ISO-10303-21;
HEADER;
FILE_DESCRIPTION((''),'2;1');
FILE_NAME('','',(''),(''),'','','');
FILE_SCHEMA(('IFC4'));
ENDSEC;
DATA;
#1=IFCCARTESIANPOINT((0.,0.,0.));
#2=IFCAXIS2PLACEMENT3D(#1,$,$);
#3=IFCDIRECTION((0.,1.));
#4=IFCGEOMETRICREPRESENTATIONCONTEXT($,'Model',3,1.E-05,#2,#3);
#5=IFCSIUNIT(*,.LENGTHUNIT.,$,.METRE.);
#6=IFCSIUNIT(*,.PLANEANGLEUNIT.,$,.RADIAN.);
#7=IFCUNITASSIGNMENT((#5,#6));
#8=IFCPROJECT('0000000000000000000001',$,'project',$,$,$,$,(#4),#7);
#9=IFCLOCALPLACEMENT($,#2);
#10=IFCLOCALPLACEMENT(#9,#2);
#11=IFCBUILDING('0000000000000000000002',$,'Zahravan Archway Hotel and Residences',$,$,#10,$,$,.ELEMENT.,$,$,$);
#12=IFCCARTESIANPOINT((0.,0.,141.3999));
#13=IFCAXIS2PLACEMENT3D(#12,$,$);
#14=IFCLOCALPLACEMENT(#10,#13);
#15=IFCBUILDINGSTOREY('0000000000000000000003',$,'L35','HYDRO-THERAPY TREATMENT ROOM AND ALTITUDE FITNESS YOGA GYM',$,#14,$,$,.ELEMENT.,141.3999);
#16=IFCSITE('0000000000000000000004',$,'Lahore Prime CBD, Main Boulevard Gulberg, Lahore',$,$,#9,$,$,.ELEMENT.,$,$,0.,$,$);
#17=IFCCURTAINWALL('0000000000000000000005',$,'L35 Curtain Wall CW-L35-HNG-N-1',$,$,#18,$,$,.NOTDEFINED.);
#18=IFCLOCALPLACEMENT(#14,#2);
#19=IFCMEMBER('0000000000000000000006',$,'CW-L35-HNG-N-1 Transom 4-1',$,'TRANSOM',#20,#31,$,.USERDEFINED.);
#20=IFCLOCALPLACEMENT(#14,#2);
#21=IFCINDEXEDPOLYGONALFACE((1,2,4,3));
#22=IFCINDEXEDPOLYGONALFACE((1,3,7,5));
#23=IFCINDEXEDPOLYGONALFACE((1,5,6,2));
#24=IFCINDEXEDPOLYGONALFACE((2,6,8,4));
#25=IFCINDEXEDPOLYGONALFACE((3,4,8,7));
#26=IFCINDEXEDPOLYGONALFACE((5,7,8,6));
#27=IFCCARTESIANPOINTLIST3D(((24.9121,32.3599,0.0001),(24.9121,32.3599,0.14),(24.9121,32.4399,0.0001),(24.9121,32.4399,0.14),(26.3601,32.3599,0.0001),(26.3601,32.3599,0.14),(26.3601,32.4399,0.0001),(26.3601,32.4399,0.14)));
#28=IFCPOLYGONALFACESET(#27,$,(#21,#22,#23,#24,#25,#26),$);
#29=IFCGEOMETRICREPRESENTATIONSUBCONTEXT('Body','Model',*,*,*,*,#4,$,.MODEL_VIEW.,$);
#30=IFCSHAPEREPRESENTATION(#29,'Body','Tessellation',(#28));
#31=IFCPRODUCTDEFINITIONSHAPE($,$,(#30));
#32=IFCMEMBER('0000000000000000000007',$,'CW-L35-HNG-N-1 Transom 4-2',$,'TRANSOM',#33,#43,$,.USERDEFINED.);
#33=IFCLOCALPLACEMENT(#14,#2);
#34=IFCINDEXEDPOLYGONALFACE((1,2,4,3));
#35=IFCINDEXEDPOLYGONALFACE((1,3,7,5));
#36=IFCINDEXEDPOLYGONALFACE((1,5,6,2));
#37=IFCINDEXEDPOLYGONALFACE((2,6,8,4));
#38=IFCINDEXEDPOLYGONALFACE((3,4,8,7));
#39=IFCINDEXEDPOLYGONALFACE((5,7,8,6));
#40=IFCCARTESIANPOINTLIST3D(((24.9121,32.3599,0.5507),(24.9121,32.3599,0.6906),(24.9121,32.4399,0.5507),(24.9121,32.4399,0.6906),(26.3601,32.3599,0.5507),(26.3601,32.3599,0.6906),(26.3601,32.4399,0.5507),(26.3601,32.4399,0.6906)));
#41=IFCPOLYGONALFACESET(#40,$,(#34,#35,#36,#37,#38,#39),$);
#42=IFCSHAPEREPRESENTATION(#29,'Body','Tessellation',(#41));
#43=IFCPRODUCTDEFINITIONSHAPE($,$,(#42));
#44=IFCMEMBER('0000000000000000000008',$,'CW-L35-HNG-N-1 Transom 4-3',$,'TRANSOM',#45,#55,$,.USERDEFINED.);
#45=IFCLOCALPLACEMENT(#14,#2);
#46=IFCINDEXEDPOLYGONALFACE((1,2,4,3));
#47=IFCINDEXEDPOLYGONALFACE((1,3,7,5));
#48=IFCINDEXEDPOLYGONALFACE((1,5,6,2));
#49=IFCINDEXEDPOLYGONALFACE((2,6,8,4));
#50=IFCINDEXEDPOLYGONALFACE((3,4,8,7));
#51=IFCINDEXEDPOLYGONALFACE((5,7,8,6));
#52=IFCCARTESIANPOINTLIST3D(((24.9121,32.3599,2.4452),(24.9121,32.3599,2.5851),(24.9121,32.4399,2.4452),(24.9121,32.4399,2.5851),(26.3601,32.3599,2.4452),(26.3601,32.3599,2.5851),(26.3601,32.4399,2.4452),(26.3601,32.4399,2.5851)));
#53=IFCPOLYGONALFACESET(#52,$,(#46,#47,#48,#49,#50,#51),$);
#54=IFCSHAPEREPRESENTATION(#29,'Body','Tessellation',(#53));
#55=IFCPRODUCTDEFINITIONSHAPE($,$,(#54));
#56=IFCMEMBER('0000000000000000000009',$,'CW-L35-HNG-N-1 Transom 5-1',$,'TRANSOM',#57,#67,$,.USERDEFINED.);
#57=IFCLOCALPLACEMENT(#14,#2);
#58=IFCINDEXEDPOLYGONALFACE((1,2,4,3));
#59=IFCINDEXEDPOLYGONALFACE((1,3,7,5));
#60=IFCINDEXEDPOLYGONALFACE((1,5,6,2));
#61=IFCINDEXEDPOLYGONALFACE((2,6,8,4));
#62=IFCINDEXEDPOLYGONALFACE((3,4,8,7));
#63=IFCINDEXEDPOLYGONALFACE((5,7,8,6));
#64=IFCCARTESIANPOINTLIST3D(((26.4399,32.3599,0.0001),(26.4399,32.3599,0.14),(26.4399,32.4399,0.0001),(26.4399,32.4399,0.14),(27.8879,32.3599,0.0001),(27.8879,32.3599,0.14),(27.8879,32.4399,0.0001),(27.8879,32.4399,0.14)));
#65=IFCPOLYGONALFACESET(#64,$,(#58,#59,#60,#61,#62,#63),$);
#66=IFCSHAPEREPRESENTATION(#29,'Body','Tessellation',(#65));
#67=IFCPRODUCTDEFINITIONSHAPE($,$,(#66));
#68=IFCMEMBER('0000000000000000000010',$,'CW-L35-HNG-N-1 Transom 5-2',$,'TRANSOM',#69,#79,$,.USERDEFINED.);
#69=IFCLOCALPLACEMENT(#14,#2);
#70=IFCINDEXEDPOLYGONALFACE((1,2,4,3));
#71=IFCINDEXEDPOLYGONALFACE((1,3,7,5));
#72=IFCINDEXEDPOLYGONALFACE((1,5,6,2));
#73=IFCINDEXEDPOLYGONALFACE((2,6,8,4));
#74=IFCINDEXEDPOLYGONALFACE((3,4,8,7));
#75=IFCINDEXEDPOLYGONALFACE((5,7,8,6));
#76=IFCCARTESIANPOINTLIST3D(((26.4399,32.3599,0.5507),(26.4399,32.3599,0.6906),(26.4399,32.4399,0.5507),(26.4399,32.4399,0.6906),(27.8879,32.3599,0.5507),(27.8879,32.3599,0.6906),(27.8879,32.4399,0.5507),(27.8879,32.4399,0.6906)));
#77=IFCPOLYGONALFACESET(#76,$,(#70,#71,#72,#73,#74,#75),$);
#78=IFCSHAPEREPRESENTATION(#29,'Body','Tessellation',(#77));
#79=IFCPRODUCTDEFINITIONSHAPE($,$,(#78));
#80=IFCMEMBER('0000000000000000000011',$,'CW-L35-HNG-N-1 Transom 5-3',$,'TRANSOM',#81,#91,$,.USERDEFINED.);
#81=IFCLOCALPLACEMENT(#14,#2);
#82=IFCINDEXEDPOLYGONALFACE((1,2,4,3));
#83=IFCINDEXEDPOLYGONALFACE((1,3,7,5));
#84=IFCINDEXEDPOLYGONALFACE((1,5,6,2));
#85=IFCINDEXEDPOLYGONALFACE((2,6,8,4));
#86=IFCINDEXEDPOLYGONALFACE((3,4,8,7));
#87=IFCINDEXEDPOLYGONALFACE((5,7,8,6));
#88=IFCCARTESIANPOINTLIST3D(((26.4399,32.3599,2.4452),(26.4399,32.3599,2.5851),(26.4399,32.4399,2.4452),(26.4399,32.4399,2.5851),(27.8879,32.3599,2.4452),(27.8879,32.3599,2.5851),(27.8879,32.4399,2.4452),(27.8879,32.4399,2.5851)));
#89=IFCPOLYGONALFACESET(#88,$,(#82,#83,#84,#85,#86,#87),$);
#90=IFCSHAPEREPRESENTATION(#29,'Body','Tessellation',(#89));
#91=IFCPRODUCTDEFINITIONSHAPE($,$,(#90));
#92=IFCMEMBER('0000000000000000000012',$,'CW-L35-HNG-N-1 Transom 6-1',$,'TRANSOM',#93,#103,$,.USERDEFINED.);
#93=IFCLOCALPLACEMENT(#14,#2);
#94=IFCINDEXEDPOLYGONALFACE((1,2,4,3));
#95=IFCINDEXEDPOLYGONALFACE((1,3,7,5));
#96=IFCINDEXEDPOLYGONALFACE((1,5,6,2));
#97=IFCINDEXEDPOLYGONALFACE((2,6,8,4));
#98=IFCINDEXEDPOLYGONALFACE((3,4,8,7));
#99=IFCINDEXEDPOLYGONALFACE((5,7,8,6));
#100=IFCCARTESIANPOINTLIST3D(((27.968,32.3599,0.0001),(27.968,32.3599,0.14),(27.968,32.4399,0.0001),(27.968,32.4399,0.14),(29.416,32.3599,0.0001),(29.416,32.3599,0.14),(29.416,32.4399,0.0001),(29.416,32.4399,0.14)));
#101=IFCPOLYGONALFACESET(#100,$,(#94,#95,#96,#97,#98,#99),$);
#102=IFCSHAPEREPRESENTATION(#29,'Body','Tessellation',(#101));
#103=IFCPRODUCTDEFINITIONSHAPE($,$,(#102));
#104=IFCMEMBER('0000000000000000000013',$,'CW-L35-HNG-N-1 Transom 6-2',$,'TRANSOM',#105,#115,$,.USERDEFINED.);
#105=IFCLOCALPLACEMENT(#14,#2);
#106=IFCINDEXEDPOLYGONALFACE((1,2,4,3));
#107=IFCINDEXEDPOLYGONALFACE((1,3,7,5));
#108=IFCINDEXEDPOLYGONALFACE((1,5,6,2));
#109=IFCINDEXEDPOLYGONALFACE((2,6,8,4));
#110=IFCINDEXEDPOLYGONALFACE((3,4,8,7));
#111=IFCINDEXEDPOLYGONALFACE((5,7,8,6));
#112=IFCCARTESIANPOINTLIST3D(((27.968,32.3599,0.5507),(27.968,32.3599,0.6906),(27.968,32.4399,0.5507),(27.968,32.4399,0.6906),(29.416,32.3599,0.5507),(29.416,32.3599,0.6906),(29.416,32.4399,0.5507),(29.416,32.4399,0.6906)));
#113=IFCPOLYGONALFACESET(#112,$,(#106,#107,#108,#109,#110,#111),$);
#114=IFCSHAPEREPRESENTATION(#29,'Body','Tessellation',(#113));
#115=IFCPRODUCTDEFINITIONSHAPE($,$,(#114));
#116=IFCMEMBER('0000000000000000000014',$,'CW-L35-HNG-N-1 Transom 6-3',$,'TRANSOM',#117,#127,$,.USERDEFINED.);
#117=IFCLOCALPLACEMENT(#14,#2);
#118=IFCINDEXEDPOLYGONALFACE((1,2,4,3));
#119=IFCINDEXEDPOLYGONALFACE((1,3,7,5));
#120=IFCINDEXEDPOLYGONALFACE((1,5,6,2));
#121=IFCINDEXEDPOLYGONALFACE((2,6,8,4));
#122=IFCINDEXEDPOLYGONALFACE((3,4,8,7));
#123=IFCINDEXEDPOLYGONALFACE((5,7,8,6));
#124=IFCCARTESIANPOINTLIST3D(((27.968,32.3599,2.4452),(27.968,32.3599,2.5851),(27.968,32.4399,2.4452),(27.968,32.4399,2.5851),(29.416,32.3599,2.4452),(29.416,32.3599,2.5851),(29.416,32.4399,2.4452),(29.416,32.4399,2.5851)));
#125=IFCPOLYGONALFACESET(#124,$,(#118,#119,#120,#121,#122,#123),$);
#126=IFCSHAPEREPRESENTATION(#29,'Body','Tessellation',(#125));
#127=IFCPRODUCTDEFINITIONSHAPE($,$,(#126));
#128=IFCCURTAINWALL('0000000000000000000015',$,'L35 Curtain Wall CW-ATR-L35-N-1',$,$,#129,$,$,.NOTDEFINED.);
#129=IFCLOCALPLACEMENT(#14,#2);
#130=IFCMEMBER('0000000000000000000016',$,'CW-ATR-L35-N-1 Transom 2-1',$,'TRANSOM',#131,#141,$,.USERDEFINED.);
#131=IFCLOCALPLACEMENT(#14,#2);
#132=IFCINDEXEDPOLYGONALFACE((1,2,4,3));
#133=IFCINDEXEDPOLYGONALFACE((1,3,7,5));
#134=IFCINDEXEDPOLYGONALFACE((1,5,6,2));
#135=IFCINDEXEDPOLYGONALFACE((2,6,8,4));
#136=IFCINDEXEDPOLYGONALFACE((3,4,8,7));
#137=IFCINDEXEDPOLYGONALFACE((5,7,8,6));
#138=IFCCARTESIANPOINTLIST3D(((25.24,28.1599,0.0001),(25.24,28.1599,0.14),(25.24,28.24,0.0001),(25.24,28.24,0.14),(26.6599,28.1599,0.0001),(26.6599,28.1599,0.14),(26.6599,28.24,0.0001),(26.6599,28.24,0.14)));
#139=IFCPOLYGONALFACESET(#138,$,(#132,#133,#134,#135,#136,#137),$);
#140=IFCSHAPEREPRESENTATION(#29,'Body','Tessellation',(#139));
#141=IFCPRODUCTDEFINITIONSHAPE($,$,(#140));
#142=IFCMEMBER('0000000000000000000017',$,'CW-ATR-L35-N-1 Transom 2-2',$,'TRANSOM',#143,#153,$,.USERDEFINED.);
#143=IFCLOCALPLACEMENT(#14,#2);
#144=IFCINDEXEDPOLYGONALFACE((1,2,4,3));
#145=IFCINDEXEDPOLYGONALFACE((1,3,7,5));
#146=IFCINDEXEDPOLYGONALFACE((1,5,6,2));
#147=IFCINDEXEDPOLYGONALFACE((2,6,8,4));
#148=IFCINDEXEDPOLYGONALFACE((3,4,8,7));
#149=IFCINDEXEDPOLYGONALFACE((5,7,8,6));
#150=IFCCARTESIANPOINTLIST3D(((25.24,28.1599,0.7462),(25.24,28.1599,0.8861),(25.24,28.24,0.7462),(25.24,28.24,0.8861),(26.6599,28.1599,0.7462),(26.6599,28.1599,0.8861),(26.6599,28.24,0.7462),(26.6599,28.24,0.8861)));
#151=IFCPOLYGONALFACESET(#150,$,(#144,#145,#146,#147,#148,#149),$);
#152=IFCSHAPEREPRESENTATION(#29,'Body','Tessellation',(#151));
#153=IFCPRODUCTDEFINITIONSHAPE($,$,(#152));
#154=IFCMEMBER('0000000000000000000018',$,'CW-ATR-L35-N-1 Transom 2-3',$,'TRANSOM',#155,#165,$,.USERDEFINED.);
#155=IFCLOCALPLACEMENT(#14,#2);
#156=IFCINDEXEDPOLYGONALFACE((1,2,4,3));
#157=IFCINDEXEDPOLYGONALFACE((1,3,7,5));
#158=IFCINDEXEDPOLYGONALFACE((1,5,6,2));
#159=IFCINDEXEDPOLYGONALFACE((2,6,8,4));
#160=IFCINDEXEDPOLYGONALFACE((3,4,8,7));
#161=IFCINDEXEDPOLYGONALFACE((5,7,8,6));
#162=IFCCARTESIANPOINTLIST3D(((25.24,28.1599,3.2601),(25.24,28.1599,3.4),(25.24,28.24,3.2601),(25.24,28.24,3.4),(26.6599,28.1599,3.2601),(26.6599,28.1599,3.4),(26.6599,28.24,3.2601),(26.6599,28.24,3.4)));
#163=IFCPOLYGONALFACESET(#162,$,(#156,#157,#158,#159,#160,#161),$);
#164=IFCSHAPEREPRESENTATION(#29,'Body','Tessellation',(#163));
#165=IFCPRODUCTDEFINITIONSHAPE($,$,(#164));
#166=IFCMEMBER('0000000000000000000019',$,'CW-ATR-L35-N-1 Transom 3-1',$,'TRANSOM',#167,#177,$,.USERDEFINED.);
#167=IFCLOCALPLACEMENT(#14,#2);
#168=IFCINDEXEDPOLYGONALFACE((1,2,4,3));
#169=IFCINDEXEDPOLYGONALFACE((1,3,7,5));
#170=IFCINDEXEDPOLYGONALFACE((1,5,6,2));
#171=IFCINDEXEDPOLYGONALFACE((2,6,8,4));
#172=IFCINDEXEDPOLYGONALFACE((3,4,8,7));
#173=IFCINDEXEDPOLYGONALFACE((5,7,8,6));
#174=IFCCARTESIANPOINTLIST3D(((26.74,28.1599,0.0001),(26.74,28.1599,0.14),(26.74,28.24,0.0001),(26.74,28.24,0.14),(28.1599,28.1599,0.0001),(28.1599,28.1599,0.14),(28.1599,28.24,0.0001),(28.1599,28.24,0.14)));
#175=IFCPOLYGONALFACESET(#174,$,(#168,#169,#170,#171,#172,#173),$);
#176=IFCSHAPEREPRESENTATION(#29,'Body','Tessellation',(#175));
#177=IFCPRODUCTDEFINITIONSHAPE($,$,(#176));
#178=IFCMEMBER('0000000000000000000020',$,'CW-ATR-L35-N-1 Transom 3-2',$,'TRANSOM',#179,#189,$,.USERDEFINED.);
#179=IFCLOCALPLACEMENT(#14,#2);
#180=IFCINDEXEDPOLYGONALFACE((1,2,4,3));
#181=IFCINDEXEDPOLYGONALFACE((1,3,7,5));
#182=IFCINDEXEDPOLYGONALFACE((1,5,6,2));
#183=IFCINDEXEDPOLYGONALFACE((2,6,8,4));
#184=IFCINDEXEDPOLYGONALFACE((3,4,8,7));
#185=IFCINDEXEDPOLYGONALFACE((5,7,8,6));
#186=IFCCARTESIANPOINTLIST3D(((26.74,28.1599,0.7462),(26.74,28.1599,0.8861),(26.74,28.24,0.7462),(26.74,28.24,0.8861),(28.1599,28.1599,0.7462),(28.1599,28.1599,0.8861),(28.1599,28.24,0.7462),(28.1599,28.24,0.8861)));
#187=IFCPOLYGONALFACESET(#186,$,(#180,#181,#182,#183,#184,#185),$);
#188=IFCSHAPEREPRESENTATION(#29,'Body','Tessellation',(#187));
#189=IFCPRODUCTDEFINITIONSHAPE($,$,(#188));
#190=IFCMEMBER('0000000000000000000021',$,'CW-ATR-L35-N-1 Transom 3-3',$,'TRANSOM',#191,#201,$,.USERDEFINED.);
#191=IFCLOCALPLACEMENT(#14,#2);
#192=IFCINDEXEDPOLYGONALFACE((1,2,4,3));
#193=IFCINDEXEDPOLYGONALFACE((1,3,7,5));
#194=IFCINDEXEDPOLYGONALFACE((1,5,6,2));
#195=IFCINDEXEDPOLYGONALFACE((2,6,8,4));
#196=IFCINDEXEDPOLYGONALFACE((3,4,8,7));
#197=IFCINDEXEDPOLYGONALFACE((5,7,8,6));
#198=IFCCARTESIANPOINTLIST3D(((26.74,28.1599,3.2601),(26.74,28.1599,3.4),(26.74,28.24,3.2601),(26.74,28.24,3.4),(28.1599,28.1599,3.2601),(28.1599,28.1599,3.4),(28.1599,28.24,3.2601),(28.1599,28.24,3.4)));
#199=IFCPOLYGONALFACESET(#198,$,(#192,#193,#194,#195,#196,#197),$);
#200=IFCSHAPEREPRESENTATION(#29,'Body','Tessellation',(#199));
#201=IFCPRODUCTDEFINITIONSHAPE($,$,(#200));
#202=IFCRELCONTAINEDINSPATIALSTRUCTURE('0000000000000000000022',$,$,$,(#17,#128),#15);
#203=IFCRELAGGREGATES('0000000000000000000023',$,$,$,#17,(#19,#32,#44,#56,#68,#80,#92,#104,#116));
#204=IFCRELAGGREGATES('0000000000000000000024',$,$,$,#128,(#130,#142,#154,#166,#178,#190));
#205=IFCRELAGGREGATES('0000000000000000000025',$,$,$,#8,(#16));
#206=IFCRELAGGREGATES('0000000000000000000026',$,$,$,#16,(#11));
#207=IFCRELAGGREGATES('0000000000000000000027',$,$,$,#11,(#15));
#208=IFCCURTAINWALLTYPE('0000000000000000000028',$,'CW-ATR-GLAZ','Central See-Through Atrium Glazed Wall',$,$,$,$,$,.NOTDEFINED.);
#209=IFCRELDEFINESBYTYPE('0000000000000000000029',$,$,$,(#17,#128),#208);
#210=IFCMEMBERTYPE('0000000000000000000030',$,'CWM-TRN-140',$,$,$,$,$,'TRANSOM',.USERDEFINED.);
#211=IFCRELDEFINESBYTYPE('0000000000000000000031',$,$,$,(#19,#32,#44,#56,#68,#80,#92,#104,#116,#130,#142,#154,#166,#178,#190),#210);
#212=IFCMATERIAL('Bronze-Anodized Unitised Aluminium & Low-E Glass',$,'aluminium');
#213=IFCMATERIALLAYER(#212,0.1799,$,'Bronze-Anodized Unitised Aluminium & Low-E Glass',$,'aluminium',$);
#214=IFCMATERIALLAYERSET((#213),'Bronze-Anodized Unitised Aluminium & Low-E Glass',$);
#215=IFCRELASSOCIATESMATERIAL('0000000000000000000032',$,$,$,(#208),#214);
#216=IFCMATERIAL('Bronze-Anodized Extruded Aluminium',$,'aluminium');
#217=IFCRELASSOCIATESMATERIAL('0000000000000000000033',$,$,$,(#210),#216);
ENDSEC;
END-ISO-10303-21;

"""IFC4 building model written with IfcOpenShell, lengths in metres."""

from ifc_helpers import new_model, si_unit, direction, frame, origin, origin_2d, place, context, subcontext, project, spatial, rectangle, extrude, source, transform, mapped, material, layer, layer_set, material_profile, profile_set, type_object, element, aggregate, save


model = new_model("IFC4")

# Units and contexts
model_context = context("Model", 3, precision=1e-05, world=origin(), true_north=direction((0.0, 1.0)))
body_context = subcontext(model_context, "Body", "Model", "MODEL_VIEW")
ifc_project = project(units=[si_unit("LENGTHUNIT", "METRE"), si_unit("PLANEANGLEUNIT", "RADIAN")], contexts=[model_context])

# Site, building, storey
site_placement = place(None, origin())
site = spatial("IfcSite", under=ifc_project, at=site_placement, Name="Lahore Prime CBD, Main Boulevard Gulberg, Lahore", CompositionType="ELEMENT", RefElevation=0.0)
building_placement = place(site_placement, origin())
building = spatial("IfcBuilding", under=site, at=building_placement, Name="Zahravan Archway Hotel and Residences", CompositionType="ELEMENT")
storey_placement = place(building_placement, frame((0.0, 0.0, 141.3999)))
storey = spatial("IfcBuildingStorey", under=building, at=storey_placement, Name="L35", Description="HYDRO-THERAPY TREATMENT ROOM AND ALTITUDE FITNESS YOGA GYM", CompositionType="ELEMENT", Elevation=141.3999)

# Curtain walls, members
ifc_material_1 = material(Name="Bronze-Anodized Unitised Aluminium & Low-E Glass", Category="aluminium")
ifc_layer_1 = layer(ifc_material_1, 0.1799, Name="Bronze-Anodized Unitised Aluminium & Low-E Glass", Category="aluminium")
ifc_layer_set_1 = layer_set([ifc_layer_1], Name="Bronze-Anodized Unitised Aluminium & Low-E Glass")
curtain_wall_type = type_object("IfcCurtainWallType", Name="CW-ATR-GLAZ", Description="Central See-Through Atrium Glazed Wall", PredefinedType="NOTDEFINED", material=ifc_layer_set_1)
curtain_wall_1_placement = place(storey_placement, origin())
curtain_wall_1 = element("IfcCurtainWall", 1, at=curtain_wall_1_placement, inside=storey, type_object=curtain_wall_type, Name="L35 Curtain Wall CW-L35-HNG-N-1", PredefinedType="NOTDEFINED")
ifc_material_2 = material(Name="Bronze-Anodized Extruded Aluminium", Category="aluminium")
ifc_material_profile_1 = material_profile(ifc_material_2, rectangle(XDim=0.0801, YDim=0.1399, at=origin_2d()), Name="TRN 80x140", Category="aluminium")
ifc_profile_set_1 = profile_set([ifc_material_profile_1], Name="Bronze-Anodized Extruded Aluminium")
member_type_1 = type_object("IfcMemberType", Name="CWM-TRN-140", ElementType="TRANSOM", PredefinedType="USERDEFINED", material=ifc_profile_set_1)
shared_shape_1 = source(origin(), body_context, "Body", "SweptSolid", [
    extrude(rectangle(XDim=0.0801, YDim=0.1399, at=origin_2d()), origin(), (0.0, 0.0, 1.0), 1.448),
])
member_1_placement = place(storey_placement, frame((24.9121, 32.3999, 0.0701), z_axis=(1.0, 0.0, 0.0), x_axis=(0.0, 1.0, 0.0)))
member_1 = element("IfcMember", 2, at=member_1_placement, type_object=member_type_1, Name="CW-L35-HNG-N-1 Transom 4-1", ObjectType="TRANSOM", PredefinedType="USERDEFINED", context=body_context, shape_type="MappedRepresentation", body=[
    mapped(shared_shape_1, transform((0.0, 0.0, 0.0), scale=1.0)),
])
member_2_placement = place(storey_placement, frame((24.9121, 32.3999, 0.6206), z_axis=(1.0, 0.0, 0.0), x_axis=(0.0, 1.0, 0.0)))
member_2 = element("IfcMember", 3, at=member_2_placement, type_object=member_type_1, Name="CW-L35-HNG-N-1 Transom 4-2", ObjectType="TRANSOM", PredefinedType="USERDEFINED", context=body_context, shape_type="MappedRepresentation", body=[
    mapped(shared_shape_1, transform((0.0, 0.0, 0.0), scale=1.0)),
])
member_3_placement = place(storey_placement, frame((24.9121, 32.3999, 2.5151), z_axis=(1.0, 0.0, 0.0), x_axis=(0.0, 1.0, 0.0)))
member_3 = element("IfcMember", 4, at=member_3_placement, type_object=member_type_1, Name="CW-L35-HNG-N-1 Transom 4-3", ObjectType="TRANSOM", PredefinedType="USERDEFINED", context=body_context, shape_type="MappedRepresentation", body=[
    mapped(shared_shape_1, transform((0.0, 0.0, 0.0), scale=1.0)),
])
member_4_placement = place(storey_placement, frame((26.4399, 32.3999, 0.0701), z_axis=(1.0, 0.0, 0.0), x_axis=(0.0, 1.0, 0.0)))
member_4 = element("IfcMember", 5, at=member_4_placement, type_object=member_type_1, Name="CW-L35-HNG-N-1 Transom 5-1", ObjectType="TRANSOM", PredefinedType="USERDEFINED", context=body_context, shape_type="MappedRepresentation", body=[
    mapped(shared_shape_1, transform((0.0, 0.0, 0.0), scale=1.0)),
])
member_5_placement = place(storey_placement, frame((26.4399, 32.3999, 0.6206), z_axis=(1.0, 0.0, 0.0), x_axis=(0.0, 1.0, 0.0)))
member_5 = element("IfcMember", 6, at=member_5_placement, type_object=member_type_1, Name="CW-L35-HNG-N-1 Transom 5-2", ObjectType="TRANSOM", PredefinedType="USERDEFINED", context=body_context, shape_type="MappedRepresentation", body=[
    mapped(shared_shape_1, transform((0.0, 0.0, 0.0), scale=1.0)),
])
member_6_placement = place(storey_placement, frame((26.4399, 32.3999, 2.5151), z_axis=(1.0, 0.0, 0.0), x_axis=(0.0, 1.0, 0.0)))
member_6 = element("IfcMember", 7, at=member_6_placement, type_object=member_type_1, Name="CW-L35-HNG-N-1 Transom 5-3", ObjectType="TRANSOM", PredefinedType="USERDEFINED", context=body_context, shape_type="MappedRepresentation", body=[
    mapped(shared_shape_1, transform((0.0, 0.0, 0.0), scale=1.0)),
])
member_7_placement = place(storey_placement, frame((27.968, 32.3999, 0.0701), z_axis=(1.0, 0.0, 0.0), x_axis=(0.0, 1.0, 0.0)))
member_7 = element("IfcMember", 8, at=member_7_placement, type_object=member_type_1, Name="CW-L35-HNG-N-1 Transom 6-1", ObjectType="TRANSOM", PredefinedType="USERDEFINED", context=body_context, shape_type="MappedRepresentation", body=[
    mapped(shared_shape_1, transform((0.0, 0.0, 0.0), scale=1.0)),
])
member_8_placement = place(storey_placement, frame((27.968, 32.3999, 0.6206), z_axis=(1.0, 0.0, 0.0), x_axis=(0.0, 1.0, 0.0)))
member_8 = element("IfcMember", 9, at=member_8_placement, type_object=member_type_1, Name="CW-L35-HNG-N-1 Transom 6-2", ObjectType="TRANSOM", PredefinedType="USERDEFINED", context=body_context, shape_type="MappedRepresentation", body=[
    mapped(shared_shape_1, transform((0.0, 0.0, 0.0), scale=1.0)),
])
member_9_placement = place(storey_placement, frame((27.968, 32.3999, 2.5151), z_axis=(1.0, 0.0, 0.0), x_axis=(0.0, 1.0, 0.0)))
member_9 = element("IfcMember", 10, at=member_9_placement, type_object=member_type_1, Name="CW-L35-HNG-N-1 Transom 6-3", ObjectType="TRANSOM", PredefinedType="USERDEFINED", context=body_context, shape_type="MappedRepresentation", body=[
    mapped(shared_shape_1, transform((0.0, 0.0, 0.0), scale=1.0)),
])
curtain_wall_2_placement = place(storey_placement, origin())
curtain_wall_2 = element("IfcCurtainWall", 11, at=curtain_wall_2_placement, inside=storey, type_object=curtain_wall_type, Name="L35 Curtain Wall CW-ATR-L35-N-1", PredefinedType="NOTDEFINED")
shared_shape_2 = source(origin(), body_context, "Body", "SweptSolid", [
    extrude(rectangle(XDim=0.0801, YDim=0.1399, at=origin_2d()), origin(), (0.0, 0.0, 1.0), 1.4199),
])
member_10_placement = place(storey_placement, frame((25.24, 28.2, 0.0701), z_axis=(1.0, 0.0, 0.0), x_axis=(0.0, 1.0, 0.0)))
member_10 = element("IfcMember", 12, at=member_10_placement, type_object=member_type_1, Name="CW-ATR-L35-N-1 Transom 2-1", ObjectType="TRANSOM", PredefinedType="USERDEFINED", context=body_context, shape_type="MappedRepresentation", body=[
    mapped(shared_shape_2, transform((0.0, 0.0, 0.0), scale=1.0)),
])
member_11_placement = place(storey_placement, frame((25.24, 28.2, 0.8162), z_axis=(1.0, 0.0, 0.0), x_axis=(0.0, 1.0, 0.0)))
member_11 = element("IfcMember", 13, at=member_11_placement, type_object=member_type_1, Name="CW-ATR-L35-N-1 Transom 2-2", ObjectType="TRANSOM", PredefinedType="USERDEFINED", context=body_context, shape_type="MappedRepresentation", body=[
    mapped(shared_shape_2, transform((0.0, 0.0, 0.0), scale=1.0)),
])
member_12_placement = place(storey_placement, frame((25.24, 28.2, 3.3301), z_axis=(1.0, 0.0, 0.0), x_axis=(0.0, 1.0, 0.0)))
member_12 = element("IfcMember", 14, at=member_12_placement, type_object=member_type_1, Name="CW-ATR-L35-N-1 Transom 2-3", ObjectType="TRANSOM", PredefinedType="USERDEFINED", context=body_context, shape_type="MappedRepresentation", body=[
    mapped(shared_shape_2, transform((0.0, 0.0, 0.0), scale=1.0)),
])
member_13_placement = place(storey_placement, frame((26.74, 28.2, 0.0701), z_axis=(1.0, 0.0, 0.0), x_axis=(0.0, 1.0, 0.0)))
member_13 = element("IfcMember", 15, at=member_13_placement, type_object=member_type_1, Name="CW-ATR-L35-N-1 Transom 3-1", ObjectType="TRANSOM", PredefinedType="USERDEFINED", context=body_context, shape_type="MappedRepresentation", body=[
    mapped(shared_shape_2, transform((0.0, 0.0, 0.0), scale=1.0)),
])
member_14_placement = place(storey_placement, frame((26.74, 28.2, 0.8162), z_axis=(1.0, 0.0, 0.0), x_axis=(0.0, 1.0, 0.0)))
member_14 = element("IfcMember", 16, at=member_14_placement, type_object=member_type_1, Name="CW-ATR-L35-N-1 Transom 3-2", ObjectType="TRANSOM", PredefinedType="USERDEFINED", context=body_context, shape_type="MappedRepresentation", body=[
    mapped(shared_shape_2, transform((0.0, 0.0, 0.0), scale=1.0)),
])
member_15_placement = place(storey_placement, frame((26.74, 28.2, 3.3301), z_axis=(1.0, 0.0, 0.0), x_axis=(0.0, 1.0, 0.0)))
member_15 = element("IfcMember", 17, at=member_15_placement, type_object=member_type_1, Name="CW-ATR-L35-N-1 Transom 3-3", ObjectType="TRANSOM", PredefinedType="USERDEFINED", context=body_context, shape_type="MappedRepresentation", body=[
    mapped(shared_shape_2, transform((0.0, 0.0, 0.0), scale=1.0)),
])

aggregate(curtain_wall_1, [member_1, member_2, member_3, member_4, member_5, member_6, member_7, member_8, member_9])
aggregate(curtain_wall_2, [member_10, member_11, member_12, member_13, member_14, member_15])

save(model, "model.ifc")
